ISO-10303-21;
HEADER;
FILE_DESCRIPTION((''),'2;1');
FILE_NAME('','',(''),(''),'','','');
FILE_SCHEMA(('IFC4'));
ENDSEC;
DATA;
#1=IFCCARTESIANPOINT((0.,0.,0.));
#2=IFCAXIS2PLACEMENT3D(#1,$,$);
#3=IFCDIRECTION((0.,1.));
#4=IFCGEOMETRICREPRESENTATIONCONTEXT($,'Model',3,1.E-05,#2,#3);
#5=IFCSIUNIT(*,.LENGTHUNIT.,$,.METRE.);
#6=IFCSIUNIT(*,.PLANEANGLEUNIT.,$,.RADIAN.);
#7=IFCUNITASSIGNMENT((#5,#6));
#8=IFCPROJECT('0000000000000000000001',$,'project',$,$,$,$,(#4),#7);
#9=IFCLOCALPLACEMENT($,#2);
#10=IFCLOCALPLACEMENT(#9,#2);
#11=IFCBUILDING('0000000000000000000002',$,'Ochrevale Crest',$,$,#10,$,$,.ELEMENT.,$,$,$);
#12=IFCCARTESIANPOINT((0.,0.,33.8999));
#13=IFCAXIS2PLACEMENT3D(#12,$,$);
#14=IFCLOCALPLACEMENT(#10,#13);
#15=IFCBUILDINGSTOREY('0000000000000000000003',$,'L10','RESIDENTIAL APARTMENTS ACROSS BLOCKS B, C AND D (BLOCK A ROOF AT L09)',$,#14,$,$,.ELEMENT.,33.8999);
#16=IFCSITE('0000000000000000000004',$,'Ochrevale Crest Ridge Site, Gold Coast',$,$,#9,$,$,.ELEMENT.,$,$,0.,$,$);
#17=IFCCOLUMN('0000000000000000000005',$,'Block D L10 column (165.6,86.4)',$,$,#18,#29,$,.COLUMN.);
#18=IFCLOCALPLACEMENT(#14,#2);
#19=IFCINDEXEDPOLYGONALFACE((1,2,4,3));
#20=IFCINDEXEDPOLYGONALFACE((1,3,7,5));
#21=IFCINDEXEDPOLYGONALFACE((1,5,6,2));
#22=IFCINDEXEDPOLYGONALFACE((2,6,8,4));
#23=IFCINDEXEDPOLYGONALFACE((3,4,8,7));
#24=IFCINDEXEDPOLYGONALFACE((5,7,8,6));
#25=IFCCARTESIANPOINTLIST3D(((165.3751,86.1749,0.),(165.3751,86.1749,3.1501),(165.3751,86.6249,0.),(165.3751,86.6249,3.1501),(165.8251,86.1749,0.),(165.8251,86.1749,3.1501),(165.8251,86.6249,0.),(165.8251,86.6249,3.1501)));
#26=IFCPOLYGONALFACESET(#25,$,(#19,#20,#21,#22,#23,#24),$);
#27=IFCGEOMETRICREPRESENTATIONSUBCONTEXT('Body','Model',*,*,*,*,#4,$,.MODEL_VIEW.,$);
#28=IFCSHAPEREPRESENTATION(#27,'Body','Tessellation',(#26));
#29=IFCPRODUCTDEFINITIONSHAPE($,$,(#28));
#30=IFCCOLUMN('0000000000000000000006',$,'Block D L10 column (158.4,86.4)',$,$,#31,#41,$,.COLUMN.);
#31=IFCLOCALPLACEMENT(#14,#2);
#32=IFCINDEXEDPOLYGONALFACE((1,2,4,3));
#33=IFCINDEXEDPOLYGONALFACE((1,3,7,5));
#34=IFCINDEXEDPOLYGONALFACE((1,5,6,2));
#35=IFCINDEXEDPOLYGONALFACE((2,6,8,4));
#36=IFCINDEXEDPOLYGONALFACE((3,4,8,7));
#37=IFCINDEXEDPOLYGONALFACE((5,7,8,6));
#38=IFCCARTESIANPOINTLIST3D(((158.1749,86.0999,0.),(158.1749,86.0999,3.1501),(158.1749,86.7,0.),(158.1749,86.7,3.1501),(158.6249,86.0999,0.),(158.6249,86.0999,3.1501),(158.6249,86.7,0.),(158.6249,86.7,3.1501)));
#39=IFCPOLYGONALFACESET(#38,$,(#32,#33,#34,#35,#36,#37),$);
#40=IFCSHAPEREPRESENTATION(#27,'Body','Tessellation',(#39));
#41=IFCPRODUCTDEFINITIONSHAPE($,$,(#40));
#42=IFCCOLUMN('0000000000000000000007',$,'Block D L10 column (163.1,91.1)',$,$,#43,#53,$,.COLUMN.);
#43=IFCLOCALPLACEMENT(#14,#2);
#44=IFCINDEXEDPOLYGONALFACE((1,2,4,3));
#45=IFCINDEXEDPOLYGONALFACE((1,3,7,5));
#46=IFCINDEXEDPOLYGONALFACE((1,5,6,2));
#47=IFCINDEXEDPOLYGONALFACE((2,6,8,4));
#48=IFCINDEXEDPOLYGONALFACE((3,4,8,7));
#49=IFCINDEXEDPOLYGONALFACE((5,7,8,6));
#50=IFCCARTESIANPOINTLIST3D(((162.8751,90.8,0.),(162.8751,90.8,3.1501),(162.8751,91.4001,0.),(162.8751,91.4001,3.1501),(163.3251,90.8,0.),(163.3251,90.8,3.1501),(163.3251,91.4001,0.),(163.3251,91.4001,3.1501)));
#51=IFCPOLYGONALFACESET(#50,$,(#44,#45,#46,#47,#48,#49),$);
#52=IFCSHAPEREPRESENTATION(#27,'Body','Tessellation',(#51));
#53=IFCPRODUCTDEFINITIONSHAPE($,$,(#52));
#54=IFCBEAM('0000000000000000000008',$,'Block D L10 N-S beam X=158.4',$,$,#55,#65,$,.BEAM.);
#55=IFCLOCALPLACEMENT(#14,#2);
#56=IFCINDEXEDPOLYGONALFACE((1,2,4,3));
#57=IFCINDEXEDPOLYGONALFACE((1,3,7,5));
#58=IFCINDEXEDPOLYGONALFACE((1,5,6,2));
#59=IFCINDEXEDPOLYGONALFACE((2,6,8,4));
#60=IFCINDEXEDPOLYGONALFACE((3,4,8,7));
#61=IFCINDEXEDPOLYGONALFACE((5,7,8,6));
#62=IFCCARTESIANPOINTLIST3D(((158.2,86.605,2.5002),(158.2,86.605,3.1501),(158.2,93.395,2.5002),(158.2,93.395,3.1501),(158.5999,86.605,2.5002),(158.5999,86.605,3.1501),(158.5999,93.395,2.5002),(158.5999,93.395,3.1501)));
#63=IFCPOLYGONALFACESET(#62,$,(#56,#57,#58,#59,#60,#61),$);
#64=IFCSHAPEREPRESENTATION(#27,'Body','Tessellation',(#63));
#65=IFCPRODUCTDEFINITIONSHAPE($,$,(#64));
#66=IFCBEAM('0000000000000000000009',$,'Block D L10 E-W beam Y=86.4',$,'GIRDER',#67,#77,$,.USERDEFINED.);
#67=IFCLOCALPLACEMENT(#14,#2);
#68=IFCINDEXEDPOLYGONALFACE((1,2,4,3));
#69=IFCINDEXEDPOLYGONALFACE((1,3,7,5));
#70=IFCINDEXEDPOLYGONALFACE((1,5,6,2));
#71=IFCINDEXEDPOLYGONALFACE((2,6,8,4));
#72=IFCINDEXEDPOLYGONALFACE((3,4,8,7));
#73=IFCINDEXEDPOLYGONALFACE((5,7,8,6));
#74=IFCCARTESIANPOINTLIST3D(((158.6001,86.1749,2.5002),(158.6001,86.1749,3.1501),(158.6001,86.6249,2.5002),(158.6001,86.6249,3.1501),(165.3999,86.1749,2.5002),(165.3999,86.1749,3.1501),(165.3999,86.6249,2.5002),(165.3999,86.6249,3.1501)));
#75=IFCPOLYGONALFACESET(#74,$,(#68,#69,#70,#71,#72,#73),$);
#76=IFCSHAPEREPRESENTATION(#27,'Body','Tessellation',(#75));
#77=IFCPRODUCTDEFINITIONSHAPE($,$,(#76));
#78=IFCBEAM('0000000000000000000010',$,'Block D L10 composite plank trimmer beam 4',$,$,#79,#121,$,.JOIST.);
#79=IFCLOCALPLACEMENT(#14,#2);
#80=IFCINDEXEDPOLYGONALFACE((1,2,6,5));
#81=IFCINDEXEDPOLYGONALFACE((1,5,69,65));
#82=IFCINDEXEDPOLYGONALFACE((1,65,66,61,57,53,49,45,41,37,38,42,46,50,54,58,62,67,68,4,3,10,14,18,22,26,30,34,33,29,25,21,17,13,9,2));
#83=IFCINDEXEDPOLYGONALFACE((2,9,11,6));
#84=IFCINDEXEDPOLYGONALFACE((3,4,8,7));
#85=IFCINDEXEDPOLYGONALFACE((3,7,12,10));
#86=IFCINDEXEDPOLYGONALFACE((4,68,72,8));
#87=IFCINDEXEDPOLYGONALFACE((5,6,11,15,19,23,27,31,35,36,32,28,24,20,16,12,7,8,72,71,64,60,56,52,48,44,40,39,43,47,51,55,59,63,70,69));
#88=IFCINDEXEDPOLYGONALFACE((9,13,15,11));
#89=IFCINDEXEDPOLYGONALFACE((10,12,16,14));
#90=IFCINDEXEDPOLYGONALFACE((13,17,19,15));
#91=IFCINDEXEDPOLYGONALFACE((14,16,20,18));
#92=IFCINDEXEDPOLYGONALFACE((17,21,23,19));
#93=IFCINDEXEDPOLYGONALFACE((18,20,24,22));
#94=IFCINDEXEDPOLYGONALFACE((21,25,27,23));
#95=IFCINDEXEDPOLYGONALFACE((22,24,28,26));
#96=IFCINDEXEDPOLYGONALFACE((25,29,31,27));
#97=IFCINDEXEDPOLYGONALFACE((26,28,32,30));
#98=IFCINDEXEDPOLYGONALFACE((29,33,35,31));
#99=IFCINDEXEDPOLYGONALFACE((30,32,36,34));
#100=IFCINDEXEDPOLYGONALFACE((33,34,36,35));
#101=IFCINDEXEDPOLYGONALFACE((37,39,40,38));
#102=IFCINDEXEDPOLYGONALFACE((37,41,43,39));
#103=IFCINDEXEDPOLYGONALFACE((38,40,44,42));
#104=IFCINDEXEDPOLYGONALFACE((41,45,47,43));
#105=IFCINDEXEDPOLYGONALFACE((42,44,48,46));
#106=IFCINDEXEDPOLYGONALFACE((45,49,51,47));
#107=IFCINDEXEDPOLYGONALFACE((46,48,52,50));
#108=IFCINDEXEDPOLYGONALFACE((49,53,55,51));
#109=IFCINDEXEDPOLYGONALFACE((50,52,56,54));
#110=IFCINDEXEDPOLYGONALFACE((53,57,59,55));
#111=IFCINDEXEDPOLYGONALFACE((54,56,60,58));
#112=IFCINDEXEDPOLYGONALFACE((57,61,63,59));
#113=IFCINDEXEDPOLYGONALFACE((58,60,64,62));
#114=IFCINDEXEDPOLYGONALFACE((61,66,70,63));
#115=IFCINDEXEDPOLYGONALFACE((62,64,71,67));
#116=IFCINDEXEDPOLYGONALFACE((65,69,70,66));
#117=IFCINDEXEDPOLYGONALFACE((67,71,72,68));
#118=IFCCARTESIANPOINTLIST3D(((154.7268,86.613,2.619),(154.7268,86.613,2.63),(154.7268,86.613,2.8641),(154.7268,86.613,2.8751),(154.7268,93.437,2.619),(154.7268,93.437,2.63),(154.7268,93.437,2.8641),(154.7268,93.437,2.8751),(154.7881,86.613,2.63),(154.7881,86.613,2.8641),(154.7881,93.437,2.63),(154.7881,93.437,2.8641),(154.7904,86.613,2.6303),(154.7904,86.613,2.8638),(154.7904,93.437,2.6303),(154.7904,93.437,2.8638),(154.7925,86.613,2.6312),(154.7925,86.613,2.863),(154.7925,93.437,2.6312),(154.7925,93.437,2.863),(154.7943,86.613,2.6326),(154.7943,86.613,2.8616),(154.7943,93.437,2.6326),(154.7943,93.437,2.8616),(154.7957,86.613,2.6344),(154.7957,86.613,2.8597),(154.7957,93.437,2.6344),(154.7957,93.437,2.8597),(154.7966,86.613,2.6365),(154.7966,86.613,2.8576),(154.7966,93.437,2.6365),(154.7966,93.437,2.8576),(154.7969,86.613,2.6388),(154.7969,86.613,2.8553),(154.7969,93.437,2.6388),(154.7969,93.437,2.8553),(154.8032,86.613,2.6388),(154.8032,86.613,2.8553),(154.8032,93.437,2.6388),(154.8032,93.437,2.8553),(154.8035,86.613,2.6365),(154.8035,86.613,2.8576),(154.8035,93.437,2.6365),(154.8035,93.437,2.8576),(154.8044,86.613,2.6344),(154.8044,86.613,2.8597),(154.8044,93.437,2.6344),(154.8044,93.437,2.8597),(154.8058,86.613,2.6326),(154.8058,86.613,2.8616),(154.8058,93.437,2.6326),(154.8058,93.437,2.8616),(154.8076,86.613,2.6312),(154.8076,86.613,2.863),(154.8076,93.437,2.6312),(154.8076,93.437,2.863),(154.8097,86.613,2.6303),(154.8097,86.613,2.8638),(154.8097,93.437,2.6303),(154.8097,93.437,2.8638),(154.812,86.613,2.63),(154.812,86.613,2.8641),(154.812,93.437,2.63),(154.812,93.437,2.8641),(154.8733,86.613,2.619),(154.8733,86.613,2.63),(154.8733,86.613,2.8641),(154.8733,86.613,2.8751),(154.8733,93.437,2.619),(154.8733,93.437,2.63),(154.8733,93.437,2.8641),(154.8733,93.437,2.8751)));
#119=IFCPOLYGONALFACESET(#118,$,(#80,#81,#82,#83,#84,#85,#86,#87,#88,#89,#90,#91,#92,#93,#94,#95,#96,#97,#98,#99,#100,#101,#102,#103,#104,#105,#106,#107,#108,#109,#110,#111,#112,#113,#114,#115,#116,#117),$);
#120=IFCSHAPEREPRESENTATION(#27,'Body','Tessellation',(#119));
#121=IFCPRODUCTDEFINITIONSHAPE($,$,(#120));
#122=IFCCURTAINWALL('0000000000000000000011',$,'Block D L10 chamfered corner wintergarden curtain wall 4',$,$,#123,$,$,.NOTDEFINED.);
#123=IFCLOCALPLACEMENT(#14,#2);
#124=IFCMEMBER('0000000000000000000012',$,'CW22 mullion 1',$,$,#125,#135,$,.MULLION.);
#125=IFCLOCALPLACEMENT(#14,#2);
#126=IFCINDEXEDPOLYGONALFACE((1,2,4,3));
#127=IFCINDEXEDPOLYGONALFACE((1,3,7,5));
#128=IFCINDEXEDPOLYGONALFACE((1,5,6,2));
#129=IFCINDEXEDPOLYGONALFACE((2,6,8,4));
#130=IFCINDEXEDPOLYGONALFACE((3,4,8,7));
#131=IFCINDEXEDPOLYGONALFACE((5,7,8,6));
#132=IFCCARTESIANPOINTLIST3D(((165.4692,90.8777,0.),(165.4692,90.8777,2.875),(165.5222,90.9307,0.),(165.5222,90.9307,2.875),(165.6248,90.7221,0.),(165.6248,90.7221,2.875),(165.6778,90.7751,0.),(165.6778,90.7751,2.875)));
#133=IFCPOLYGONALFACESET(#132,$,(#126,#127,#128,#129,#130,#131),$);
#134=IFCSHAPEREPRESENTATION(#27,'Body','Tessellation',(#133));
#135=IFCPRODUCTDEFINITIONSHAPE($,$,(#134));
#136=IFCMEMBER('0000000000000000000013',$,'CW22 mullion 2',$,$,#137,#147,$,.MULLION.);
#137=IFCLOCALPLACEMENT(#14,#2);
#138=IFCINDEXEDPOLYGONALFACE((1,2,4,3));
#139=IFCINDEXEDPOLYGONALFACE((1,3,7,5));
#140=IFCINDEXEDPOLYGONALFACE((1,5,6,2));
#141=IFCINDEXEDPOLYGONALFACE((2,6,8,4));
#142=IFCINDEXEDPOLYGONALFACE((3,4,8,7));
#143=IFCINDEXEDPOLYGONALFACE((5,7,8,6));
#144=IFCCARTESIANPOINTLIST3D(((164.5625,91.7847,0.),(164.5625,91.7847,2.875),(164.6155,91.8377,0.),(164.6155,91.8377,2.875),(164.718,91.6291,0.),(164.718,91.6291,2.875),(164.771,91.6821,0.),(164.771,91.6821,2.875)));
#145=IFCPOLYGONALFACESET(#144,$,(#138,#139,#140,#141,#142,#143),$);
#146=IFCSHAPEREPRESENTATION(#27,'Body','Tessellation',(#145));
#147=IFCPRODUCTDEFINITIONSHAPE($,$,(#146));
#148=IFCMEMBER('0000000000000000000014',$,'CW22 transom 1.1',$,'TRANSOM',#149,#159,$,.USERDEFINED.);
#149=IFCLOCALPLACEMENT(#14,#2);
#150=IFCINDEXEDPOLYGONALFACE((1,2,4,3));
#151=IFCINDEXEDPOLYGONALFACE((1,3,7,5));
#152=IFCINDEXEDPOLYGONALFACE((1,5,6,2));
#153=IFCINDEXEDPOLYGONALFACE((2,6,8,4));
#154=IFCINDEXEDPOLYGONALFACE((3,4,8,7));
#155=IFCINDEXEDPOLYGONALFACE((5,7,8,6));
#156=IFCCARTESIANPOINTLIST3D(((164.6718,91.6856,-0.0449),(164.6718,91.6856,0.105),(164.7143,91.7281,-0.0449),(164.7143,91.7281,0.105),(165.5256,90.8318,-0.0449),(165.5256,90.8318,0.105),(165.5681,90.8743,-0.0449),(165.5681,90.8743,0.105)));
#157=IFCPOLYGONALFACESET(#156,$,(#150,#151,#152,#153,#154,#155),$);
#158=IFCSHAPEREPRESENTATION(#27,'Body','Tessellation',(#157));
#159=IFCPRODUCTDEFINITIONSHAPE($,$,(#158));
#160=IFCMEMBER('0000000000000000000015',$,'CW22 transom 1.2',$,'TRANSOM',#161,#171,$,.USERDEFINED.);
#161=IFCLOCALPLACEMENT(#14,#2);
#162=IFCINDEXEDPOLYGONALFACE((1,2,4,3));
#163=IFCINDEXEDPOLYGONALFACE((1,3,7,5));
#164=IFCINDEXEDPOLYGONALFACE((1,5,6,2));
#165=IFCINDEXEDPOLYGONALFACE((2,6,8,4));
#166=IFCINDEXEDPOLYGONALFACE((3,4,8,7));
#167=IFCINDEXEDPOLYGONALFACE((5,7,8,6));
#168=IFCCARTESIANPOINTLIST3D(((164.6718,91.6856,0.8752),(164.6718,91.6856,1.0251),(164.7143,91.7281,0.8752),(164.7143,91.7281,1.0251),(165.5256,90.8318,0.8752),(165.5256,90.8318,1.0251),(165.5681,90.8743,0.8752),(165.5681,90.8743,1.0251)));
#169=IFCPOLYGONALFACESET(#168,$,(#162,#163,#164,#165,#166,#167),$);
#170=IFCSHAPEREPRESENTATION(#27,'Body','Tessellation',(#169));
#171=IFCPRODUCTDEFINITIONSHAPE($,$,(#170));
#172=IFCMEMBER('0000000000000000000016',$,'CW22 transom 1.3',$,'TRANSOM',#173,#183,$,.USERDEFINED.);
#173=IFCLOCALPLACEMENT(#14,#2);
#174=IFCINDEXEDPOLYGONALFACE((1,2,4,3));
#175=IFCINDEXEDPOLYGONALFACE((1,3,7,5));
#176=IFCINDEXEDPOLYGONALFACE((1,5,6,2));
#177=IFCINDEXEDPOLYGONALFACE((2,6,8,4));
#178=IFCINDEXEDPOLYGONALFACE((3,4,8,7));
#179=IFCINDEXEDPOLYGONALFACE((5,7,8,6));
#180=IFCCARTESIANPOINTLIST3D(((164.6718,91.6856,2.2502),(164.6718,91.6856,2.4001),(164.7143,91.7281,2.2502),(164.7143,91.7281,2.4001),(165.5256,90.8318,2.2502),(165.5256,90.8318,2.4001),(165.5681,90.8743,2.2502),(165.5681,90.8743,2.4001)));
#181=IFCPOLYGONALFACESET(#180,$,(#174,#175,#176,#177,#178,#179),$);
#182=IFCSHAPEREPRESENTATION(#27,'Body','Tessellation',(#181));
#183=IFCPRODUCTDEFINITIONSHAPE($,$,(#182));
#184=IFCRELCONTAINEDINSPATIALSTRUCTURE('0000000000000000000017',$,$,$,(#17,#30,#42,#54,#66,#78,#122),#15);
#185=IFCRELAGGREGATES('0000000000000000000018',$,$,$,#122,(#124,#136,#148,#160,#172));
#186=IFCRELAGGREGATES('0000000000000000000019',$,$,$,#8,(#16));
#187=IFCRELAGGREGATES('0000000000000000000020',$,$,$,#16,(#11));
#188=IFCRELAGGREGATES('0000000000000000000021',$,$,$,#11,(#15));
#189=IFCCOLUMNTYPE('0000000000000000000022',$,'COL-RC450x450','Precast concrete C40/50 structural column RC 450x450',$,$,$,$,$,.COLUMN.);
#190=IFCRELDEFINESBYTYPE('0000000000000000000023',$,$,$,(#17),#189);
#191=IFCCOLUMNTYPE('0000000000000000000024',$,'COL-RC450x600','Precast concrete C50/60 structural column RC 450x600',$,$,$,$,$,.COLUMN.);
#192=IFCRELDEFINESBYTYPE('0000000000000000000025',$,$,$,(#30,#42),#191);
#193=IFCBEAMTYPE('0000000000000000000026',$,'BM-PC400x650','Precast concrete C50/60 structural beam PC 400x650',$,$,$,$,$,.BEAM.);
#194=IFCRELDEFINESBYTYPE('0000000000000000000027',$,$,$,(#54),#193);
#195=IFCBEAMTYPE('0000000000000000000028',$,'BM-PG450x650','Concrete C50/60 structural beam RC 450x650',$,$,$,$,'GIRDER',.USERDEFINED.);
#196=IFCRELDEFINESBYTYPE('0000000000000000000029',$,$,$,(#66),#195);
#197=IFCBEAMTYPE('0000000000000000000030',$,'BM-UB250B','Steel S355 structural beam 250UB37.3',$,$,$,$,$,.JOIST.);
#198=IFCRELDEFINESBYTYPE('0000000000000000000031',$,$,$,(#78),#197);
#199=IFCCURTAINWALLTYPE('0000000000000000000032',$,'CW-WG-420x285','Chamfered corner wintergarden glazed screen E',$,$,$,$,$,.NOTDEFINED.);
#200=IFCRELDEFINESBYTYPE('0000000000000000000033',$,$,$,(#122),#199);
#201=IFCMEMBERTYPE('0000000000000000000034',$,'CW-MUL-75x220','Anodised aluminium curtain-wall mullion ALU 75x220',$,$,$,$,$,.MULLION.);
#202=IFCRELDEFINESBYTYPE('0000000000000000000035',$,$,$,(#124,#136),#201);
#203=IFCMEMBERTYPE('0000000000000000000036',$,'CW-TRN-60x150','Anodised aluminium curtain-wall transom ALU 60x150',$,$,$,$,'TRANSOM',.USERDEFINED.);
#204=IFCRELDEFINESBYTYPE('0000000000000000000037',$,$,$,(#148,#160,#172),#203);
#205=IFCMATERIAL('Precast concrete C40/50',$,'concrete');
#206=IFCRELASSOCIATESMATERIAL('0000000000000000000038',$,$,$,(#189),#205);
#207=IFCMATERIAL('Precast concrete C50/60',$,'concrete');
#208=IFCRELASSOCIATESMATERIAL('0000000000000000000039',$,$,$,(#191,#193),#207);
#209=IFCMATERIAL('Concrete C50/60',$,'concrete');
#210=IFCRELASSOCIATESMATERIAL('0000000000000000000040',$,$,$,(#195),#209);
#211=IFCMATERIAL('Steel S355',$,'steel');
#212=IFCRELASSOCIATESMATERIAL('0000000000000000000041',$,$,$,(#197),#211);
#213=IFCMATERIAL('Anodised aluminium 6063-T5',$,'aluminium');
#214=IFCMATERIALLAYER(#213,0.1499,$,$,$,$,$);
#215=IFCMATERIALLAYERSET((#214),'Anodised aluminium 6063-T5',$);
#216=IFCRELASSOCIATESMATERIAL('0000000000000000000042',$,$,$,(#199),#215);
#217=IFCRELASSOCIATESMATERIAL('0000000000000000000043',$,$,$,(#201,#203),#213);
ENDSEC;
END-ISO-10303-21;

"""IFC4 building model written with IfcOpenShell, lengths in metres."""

from ifc_helpers import new_model, si_unit, direction, frame, origin, origin_2d, place, context, subcontext, project, spatial, rectangle, i_section, extrude, material, layer, layer_set, material_profile, profile_set, type_object, element, aggregate, save


model = new_model("IFC4")

# Units and contexts
model_context = context("Model", 3, precision=1e-05, world=origin(), true_north=direction((0.0, 1.0)))
body_context = subcontext(model_context, "Body", "Model", "MODEL_VIEW")
ifc_project = project(units=[si_unit("LENGTHUNIT", "METRE"), si_unit("PLANEANGLEUNIT", "RADIAN")], contexts=[model_context])

# Site, building, storey
site_placement = place(None, origin())
site = spatial("IfcSite", under=ifc_project, at=site_placement, Name="Ochrevale Crest Ridge Site, Gold Coast", CompositionType="ELEMENT", RefElevation=0.0)
building_placement = place(site_placement, origin())
building = spatial("IfcBuilding", under=site, at=building_placement, Name="Ochrevale Crest", CompositionType="ELEMENT")
storey_placement = place(building_placement, frame((0.0, 0.0, 33.8999)))
storey = spatial("IfcBuildingStorey", under=building, at=storey_placement, Name="L10", Description="RESIDENTIAL APARTMENTS ACROSS BLOCKS B, C AND D (BLOCK A ROOF AT L09)", CompositionType="ELEMENT", Elevation=33.8999)

# Columns
ifc_material_1 = material(Name="Precast concrete C40/50", Category="concrete")
ifc_material_profile_1 = material_profile(ifc_material_1, rectangle(XDim=0.45, YDim=0.45, at=origin_2d()), Name="RC 450x450")
ifc_profile_set_1 = profile_set([ifc_material_profile_1], Name="Precast concrete C40/50")
column_type_1 = type_object("IfcColumnType", Name="COL-RC450x450", Description="Precast concrete C40/50 structural column RC 450x450", PredefinedType="COLUMN", material=ifc_profile_set_1)
column_placement = place(storey_placement, frame((165.6001, 86.3999, 0.0), z_axis=(0.0, 0.0, 1.0), x_axis=(1.0, 0.0, 0.0)))
element("IfcColumn", 1, at=column_placement, inside=storey, type_object=column_type_1, Name="Block D L10 column (165.6,86.4)", PredefinedType="COLUMN", context=body_context, shape_type="SweptSolid", body=[
    extrude(rectangle(XDim=0.45, YDim=0.45, at=origin_2d()), origin(), (0.0, 0.0, 1.0), 3.1501),
])
ifc_material_2 = material(Name="Precast concrete C50/60", Category="concrete")
ifc_material_profile_2 = material_profile(ifc_material_2, rectangle(XDim=0.45, YDim=0.6001, at=origin_2d()), Name="RC 450x600")
ifc_profile_set_2 = profile_set([ifc_material_profile_2], Name="Precast concrete C50/60")
column_type_2 = type_object("IfcColumnType", Name="COL-RC450x600", Description="Precast concrete C50/60 structural column RC 450x600", PredefinedType="COLUMN", material=ifc_profile_set_2)
for number, where, z_axis, x_axis, name in (
    (2, (158.3999, 86.3999, 0.0), (0.0, 0.0, 1.0), (1.0, 0.0, 0.0), "Block D L10 column (158.4,86.4)"),
    (3, (163.1001, 91.1001, 0.0), (0.0, 0.0, 1.0), (1.0, 0.0, 0.0), "Block D L10 column (163.1,91.1)"),
):
    element("IfcColumn", number, at=place(storey_placement, frame(where, z_axis=z_axis, x_axis=x_axis)), inside=storey, type_object=column_type_2, Name=name, PredefinedType="COLUMN", context=body_context, shape_type="SweptSolid", body=[
        extrude(rectangle(XDim=0.45, YDim=0.6001, at=origin_2d()), origin(), (0.0, 0.0, 1.0), 3.1501),
    ])

# Beams
ifc_material_profile_3 = material_profile(ifc_material_2, rectangle(XDim=0.3999, YDim=0.6499, at=origin_2d()), Name="PC 400x650")
ifc_profile_set_3 = profile_set([ifc_material_profile_3], Name="Precast concrete C50/60")
beam_type_1 = type_object("IfcBeamType", Name="BM-PC400x650", Description="Precast concrete C50/60 structural beam PC 400x650", PredefinedType="BEAM", material=ifc_profile_set_3)
beam_1_placement = place(storey_placement, frame((158.3999, 86.605, 2.8252), z_axis=(0.0, 1.0, 0.0), x_axis=(-1.0, 0.0, 0.0)))
element("IfcBeam", 4, at=beam_1_placement, inside=storey, type_object=beam_type_1, Name="Block D L10 N-S beam X=158.4", PredefinedType="BEAM", context=body_context, shape_type="SweptSolid", body=[
    extrude(rectangle(XDim=0.3999, YDim=0.6499, at=origin_2d()), origin(), (0.0, 0.0, 1.0), 6.79),
])
ifc_material_3 = material(Name="Concrete C50/60", Category="concrete")
ifc_material_profile_4 = material_profile(ifc_material_3, rectangle(XDim=0.45, YDim=0.6499, at=origin_2d()), Name="RC 450x650")
ifc_profile_set_4 = profile_set([ifc_material_profile_4], Name="Concrete C50/60")
beam_type_2 = type_object("IfcBeamType", Name="BM-PG450x650", Description="Concrete C50/60 structural beam RC 450x650", ElementType="GIRDER", PredefinedType="USERDEFINED", material=ifc_profile_set_4)
beam_2_placement = place(storey_placement, frame((158.6001, 86.3999, 2.8252), z_axis=(1.0, 0.0, 0.0), x_axis=(0.0, 1.0, 0.0)))
element("IfcBeam", 5, at=beam_2_placement, inside=storey, type_object=beam_type_2, Name="Block D L10 E-W beam Y=86.4", ObjectType="GIRDER", PredefinedType="USERDEFINED", context=body_context, shape_type="SweptSolid", body=[
    extrude(rectangle(XDim=0.45, YDim=0.6499, at=origin_2d()), origin(), (0.0, 0.0, 1.0), 6.7998),
])
ifc_material_4 = material(Name="Steel S355", Category="steel")
ifc_material_profile_5 = material_profile(ifc_material_4, i_section(OverallWidth=0.1465, OverallDepth=0.2561, WebThickness=0.0063, FlangeThickness=0.011, FilletRadius=0.0088, at=origin_2d()), Name="250UB37.3")
ifc_profile_set_5 = profile_set([ifc_material_profile_5], Name="Steel S355")
beam_type_3 = type_object("IfcBeamType", Name="BM-UB250B", Description="Steel S355 structural beam 250UB37.3", PredefinedType="JOIST", material=ifc_profile_set_5)
beam_3_placement = place(storey_placement, frame((154.8, 86.613, 2.7471), z_axis=(0.0, 1.0, 0.0), x_axis=(-1.0, 0.0, 0.0)))
element("IfcBeam", 6, at=beam_3_placement, inside=storey, type_object=beam_type_3, Name="Block D L10 composite plank trimmer beam 4", PredefinedType="JOIST", context=body_context, shape_type="SweptSolid", body=[
    extrude(i_section(OverallWidth=0.1465, OverallDepth=0.2561, WebThickness=0.0063, FlangeThickness=0.011, FilletRadius=0.0088, at=origin_2d()), origin(), (0.0, 0.0, 1.0), 6.824),
])

# Curtain wall, members
ifc_material_5 = material(Name="Anodised aluminium 6063-T5", Category="aluminium")
ifc_layer_1 = layer(ifc_material_5, 0.1499)
ifc_layer_set_1 = layer_set([ifc_layer_1], Name="Anodised aluminium 6063-T5")
curtain_wall_type = type_object("IfcCurtainWallType", Name="CW-WG-420x285", Description="Chamfered corner wintergarden glazed screen E", PredefinedType="NOTDEFINED", material=ifc_layer_set_1)
curtain_wall_placement = place(storey_placement, origin())
curtain_wall = element("IfcCurtainWall", 7, at=curtain_wall_placement, inside=storey, type_object=curtain_wall_type, Name="Block D L10 chamfered corner wintergarden curtain wall 4", PredefinedType="NOTDEFINED")
ifc_material_profile_6 = material_profile(ifc_material_5, rectangle(XDim=0.075, YDim=0.22, at=origin_2d()), Name="ALU 75x220")
ifc_profile_set_6 = profile_set([ifc_material_profile_6], Name="Anodised aluminium 6063-T5")
member_type_1 = type_object("IfcMemberType", Name="CW-MUL-75x220", Description="Anodised aluminium curtain-wall mullion ALU 75x220", PredefinedType="MULLION", material=ifc_profile_set_6)
member_1_placement = place(storey_placement, frame((165.5735, 90.8264, 0.0), z_axis=(0.0, 0.0, 1.0), x_axis=(-0.707107, -0.707107, 0.0)))
member_1 = element("IfcMember", 8, at=member_1_placement, type_object=member_type_1, Name="CW22 mullion 1", PredefinedType="MULLION", context=body_context, shape_type="SweptSolid", body=[
    extrude(rectangle(XDim=0.075, YDim=0.22, at=origin_2d()), origin(), (0.0, 0.0, 1.0), 2.875),
])
member_2_placement = place(storey_placement, frame((164.6667, 91.7334, 0.0), z_axis=(0.0, 0.0, 1.0), x_axis=(-0.707107, -0.707107, 0.0)))
member_2 = element("IfcMember", 9, at=member_2_placement, type_object=member_type_1, Name="CW22 mullion 2", PredefinedType="MULLION", context=body_context, shape_type="SweptSolid", body=[
    extrude(rectangle(XDim=0.075, YDim=0.22, at=origin_2d()), origin(), (0.0, 0.0, 1.0), 2.875),
])
ifc_material_profile_7 = material_profile(ifc_material_5, rectangle(XDim=0.0601, YDim=0.1499, at=origin_2d()), Name="ALU 60x150")
ifc_profile_set_7 = profile_set([ifc_material_profile_7], Name="Anodised aluminium 6063-T5")
member_type_2 = type_object("IfcMemberType", Name="CW-TRN-60x150", Description="Anodised aluminium curtain-wall transom ALU 60x150", ElementType="TRANSOM", PredefinedType="USERDEFINED", material=ifc_profile_set_7)
member_3_placement = place(storey_placement, frame((165.5469, 90.853, 0.03), z_axis=(-0.707107, 0.707107, 0.0), x_axis=(-0.707107, -0.707107, 0.0)))
member_3 = element("IfcMember", 10, at=member_3_placement, type_object=member_type_2, Name="CW22 transom 1.1", ObjectType="TRANSOM", PredefinedType="USERDEFINED", context=body_context, shape_type="SweptSolid", body=[
    extrude(rectangle(XDim=0.0601, YDim=0.1499, at=origin_2d()), origin(), (0.0, 0.0, 1.0), 1.2075),
])
member_4_placement = place(storey_placement, frame((165.5469, 90.853, 0.9502), z_axis=(-0.707107, 0.707107, 0.0), x_axis=(-0.707107, -0.707107, 0.0)))
member_4 = element("IfcMember", 11, at=member_4_placement, type_object=member_type_2, Name="CW22 transom 1.2", ObjectType="TRANSOM", PredefinedType="USERDEFINED", context=body_context, shape_type="SweptSolid", body=[
    extrude(rectangle(XDim=0.0601, YDim=0.1499, at=origin_2d()), origin(), (0.0, 0.0, 1.0), 1.2075),
])
member_5_placement = place(storey_placement, frame((165.5469, 90.853, 2.3252), z_axis=(-0.707107, 0.707107, 0.0), x_axis=(-0.707107, -0.707107, 0.0)))
member_5 = element("IfcMember", 12, at=member_5_placement, type_object=member_type_2, Name="CW22 transom 1.3", ObjectType="TRANSOM", PredefinedType="USERDEFINED", context=body_context, shape_type="SweptSolid", body=[
    extrude(rectangle(XDim=0.0601, YDim=0.1499, at=origin_2d()), origin(), (0.0, 0.0, 1.0), 1.2075),
])
aggregate(curtain_wall, [member_1, member_2, member_3, member_4, member_5])

save(model, "model.ifc")
